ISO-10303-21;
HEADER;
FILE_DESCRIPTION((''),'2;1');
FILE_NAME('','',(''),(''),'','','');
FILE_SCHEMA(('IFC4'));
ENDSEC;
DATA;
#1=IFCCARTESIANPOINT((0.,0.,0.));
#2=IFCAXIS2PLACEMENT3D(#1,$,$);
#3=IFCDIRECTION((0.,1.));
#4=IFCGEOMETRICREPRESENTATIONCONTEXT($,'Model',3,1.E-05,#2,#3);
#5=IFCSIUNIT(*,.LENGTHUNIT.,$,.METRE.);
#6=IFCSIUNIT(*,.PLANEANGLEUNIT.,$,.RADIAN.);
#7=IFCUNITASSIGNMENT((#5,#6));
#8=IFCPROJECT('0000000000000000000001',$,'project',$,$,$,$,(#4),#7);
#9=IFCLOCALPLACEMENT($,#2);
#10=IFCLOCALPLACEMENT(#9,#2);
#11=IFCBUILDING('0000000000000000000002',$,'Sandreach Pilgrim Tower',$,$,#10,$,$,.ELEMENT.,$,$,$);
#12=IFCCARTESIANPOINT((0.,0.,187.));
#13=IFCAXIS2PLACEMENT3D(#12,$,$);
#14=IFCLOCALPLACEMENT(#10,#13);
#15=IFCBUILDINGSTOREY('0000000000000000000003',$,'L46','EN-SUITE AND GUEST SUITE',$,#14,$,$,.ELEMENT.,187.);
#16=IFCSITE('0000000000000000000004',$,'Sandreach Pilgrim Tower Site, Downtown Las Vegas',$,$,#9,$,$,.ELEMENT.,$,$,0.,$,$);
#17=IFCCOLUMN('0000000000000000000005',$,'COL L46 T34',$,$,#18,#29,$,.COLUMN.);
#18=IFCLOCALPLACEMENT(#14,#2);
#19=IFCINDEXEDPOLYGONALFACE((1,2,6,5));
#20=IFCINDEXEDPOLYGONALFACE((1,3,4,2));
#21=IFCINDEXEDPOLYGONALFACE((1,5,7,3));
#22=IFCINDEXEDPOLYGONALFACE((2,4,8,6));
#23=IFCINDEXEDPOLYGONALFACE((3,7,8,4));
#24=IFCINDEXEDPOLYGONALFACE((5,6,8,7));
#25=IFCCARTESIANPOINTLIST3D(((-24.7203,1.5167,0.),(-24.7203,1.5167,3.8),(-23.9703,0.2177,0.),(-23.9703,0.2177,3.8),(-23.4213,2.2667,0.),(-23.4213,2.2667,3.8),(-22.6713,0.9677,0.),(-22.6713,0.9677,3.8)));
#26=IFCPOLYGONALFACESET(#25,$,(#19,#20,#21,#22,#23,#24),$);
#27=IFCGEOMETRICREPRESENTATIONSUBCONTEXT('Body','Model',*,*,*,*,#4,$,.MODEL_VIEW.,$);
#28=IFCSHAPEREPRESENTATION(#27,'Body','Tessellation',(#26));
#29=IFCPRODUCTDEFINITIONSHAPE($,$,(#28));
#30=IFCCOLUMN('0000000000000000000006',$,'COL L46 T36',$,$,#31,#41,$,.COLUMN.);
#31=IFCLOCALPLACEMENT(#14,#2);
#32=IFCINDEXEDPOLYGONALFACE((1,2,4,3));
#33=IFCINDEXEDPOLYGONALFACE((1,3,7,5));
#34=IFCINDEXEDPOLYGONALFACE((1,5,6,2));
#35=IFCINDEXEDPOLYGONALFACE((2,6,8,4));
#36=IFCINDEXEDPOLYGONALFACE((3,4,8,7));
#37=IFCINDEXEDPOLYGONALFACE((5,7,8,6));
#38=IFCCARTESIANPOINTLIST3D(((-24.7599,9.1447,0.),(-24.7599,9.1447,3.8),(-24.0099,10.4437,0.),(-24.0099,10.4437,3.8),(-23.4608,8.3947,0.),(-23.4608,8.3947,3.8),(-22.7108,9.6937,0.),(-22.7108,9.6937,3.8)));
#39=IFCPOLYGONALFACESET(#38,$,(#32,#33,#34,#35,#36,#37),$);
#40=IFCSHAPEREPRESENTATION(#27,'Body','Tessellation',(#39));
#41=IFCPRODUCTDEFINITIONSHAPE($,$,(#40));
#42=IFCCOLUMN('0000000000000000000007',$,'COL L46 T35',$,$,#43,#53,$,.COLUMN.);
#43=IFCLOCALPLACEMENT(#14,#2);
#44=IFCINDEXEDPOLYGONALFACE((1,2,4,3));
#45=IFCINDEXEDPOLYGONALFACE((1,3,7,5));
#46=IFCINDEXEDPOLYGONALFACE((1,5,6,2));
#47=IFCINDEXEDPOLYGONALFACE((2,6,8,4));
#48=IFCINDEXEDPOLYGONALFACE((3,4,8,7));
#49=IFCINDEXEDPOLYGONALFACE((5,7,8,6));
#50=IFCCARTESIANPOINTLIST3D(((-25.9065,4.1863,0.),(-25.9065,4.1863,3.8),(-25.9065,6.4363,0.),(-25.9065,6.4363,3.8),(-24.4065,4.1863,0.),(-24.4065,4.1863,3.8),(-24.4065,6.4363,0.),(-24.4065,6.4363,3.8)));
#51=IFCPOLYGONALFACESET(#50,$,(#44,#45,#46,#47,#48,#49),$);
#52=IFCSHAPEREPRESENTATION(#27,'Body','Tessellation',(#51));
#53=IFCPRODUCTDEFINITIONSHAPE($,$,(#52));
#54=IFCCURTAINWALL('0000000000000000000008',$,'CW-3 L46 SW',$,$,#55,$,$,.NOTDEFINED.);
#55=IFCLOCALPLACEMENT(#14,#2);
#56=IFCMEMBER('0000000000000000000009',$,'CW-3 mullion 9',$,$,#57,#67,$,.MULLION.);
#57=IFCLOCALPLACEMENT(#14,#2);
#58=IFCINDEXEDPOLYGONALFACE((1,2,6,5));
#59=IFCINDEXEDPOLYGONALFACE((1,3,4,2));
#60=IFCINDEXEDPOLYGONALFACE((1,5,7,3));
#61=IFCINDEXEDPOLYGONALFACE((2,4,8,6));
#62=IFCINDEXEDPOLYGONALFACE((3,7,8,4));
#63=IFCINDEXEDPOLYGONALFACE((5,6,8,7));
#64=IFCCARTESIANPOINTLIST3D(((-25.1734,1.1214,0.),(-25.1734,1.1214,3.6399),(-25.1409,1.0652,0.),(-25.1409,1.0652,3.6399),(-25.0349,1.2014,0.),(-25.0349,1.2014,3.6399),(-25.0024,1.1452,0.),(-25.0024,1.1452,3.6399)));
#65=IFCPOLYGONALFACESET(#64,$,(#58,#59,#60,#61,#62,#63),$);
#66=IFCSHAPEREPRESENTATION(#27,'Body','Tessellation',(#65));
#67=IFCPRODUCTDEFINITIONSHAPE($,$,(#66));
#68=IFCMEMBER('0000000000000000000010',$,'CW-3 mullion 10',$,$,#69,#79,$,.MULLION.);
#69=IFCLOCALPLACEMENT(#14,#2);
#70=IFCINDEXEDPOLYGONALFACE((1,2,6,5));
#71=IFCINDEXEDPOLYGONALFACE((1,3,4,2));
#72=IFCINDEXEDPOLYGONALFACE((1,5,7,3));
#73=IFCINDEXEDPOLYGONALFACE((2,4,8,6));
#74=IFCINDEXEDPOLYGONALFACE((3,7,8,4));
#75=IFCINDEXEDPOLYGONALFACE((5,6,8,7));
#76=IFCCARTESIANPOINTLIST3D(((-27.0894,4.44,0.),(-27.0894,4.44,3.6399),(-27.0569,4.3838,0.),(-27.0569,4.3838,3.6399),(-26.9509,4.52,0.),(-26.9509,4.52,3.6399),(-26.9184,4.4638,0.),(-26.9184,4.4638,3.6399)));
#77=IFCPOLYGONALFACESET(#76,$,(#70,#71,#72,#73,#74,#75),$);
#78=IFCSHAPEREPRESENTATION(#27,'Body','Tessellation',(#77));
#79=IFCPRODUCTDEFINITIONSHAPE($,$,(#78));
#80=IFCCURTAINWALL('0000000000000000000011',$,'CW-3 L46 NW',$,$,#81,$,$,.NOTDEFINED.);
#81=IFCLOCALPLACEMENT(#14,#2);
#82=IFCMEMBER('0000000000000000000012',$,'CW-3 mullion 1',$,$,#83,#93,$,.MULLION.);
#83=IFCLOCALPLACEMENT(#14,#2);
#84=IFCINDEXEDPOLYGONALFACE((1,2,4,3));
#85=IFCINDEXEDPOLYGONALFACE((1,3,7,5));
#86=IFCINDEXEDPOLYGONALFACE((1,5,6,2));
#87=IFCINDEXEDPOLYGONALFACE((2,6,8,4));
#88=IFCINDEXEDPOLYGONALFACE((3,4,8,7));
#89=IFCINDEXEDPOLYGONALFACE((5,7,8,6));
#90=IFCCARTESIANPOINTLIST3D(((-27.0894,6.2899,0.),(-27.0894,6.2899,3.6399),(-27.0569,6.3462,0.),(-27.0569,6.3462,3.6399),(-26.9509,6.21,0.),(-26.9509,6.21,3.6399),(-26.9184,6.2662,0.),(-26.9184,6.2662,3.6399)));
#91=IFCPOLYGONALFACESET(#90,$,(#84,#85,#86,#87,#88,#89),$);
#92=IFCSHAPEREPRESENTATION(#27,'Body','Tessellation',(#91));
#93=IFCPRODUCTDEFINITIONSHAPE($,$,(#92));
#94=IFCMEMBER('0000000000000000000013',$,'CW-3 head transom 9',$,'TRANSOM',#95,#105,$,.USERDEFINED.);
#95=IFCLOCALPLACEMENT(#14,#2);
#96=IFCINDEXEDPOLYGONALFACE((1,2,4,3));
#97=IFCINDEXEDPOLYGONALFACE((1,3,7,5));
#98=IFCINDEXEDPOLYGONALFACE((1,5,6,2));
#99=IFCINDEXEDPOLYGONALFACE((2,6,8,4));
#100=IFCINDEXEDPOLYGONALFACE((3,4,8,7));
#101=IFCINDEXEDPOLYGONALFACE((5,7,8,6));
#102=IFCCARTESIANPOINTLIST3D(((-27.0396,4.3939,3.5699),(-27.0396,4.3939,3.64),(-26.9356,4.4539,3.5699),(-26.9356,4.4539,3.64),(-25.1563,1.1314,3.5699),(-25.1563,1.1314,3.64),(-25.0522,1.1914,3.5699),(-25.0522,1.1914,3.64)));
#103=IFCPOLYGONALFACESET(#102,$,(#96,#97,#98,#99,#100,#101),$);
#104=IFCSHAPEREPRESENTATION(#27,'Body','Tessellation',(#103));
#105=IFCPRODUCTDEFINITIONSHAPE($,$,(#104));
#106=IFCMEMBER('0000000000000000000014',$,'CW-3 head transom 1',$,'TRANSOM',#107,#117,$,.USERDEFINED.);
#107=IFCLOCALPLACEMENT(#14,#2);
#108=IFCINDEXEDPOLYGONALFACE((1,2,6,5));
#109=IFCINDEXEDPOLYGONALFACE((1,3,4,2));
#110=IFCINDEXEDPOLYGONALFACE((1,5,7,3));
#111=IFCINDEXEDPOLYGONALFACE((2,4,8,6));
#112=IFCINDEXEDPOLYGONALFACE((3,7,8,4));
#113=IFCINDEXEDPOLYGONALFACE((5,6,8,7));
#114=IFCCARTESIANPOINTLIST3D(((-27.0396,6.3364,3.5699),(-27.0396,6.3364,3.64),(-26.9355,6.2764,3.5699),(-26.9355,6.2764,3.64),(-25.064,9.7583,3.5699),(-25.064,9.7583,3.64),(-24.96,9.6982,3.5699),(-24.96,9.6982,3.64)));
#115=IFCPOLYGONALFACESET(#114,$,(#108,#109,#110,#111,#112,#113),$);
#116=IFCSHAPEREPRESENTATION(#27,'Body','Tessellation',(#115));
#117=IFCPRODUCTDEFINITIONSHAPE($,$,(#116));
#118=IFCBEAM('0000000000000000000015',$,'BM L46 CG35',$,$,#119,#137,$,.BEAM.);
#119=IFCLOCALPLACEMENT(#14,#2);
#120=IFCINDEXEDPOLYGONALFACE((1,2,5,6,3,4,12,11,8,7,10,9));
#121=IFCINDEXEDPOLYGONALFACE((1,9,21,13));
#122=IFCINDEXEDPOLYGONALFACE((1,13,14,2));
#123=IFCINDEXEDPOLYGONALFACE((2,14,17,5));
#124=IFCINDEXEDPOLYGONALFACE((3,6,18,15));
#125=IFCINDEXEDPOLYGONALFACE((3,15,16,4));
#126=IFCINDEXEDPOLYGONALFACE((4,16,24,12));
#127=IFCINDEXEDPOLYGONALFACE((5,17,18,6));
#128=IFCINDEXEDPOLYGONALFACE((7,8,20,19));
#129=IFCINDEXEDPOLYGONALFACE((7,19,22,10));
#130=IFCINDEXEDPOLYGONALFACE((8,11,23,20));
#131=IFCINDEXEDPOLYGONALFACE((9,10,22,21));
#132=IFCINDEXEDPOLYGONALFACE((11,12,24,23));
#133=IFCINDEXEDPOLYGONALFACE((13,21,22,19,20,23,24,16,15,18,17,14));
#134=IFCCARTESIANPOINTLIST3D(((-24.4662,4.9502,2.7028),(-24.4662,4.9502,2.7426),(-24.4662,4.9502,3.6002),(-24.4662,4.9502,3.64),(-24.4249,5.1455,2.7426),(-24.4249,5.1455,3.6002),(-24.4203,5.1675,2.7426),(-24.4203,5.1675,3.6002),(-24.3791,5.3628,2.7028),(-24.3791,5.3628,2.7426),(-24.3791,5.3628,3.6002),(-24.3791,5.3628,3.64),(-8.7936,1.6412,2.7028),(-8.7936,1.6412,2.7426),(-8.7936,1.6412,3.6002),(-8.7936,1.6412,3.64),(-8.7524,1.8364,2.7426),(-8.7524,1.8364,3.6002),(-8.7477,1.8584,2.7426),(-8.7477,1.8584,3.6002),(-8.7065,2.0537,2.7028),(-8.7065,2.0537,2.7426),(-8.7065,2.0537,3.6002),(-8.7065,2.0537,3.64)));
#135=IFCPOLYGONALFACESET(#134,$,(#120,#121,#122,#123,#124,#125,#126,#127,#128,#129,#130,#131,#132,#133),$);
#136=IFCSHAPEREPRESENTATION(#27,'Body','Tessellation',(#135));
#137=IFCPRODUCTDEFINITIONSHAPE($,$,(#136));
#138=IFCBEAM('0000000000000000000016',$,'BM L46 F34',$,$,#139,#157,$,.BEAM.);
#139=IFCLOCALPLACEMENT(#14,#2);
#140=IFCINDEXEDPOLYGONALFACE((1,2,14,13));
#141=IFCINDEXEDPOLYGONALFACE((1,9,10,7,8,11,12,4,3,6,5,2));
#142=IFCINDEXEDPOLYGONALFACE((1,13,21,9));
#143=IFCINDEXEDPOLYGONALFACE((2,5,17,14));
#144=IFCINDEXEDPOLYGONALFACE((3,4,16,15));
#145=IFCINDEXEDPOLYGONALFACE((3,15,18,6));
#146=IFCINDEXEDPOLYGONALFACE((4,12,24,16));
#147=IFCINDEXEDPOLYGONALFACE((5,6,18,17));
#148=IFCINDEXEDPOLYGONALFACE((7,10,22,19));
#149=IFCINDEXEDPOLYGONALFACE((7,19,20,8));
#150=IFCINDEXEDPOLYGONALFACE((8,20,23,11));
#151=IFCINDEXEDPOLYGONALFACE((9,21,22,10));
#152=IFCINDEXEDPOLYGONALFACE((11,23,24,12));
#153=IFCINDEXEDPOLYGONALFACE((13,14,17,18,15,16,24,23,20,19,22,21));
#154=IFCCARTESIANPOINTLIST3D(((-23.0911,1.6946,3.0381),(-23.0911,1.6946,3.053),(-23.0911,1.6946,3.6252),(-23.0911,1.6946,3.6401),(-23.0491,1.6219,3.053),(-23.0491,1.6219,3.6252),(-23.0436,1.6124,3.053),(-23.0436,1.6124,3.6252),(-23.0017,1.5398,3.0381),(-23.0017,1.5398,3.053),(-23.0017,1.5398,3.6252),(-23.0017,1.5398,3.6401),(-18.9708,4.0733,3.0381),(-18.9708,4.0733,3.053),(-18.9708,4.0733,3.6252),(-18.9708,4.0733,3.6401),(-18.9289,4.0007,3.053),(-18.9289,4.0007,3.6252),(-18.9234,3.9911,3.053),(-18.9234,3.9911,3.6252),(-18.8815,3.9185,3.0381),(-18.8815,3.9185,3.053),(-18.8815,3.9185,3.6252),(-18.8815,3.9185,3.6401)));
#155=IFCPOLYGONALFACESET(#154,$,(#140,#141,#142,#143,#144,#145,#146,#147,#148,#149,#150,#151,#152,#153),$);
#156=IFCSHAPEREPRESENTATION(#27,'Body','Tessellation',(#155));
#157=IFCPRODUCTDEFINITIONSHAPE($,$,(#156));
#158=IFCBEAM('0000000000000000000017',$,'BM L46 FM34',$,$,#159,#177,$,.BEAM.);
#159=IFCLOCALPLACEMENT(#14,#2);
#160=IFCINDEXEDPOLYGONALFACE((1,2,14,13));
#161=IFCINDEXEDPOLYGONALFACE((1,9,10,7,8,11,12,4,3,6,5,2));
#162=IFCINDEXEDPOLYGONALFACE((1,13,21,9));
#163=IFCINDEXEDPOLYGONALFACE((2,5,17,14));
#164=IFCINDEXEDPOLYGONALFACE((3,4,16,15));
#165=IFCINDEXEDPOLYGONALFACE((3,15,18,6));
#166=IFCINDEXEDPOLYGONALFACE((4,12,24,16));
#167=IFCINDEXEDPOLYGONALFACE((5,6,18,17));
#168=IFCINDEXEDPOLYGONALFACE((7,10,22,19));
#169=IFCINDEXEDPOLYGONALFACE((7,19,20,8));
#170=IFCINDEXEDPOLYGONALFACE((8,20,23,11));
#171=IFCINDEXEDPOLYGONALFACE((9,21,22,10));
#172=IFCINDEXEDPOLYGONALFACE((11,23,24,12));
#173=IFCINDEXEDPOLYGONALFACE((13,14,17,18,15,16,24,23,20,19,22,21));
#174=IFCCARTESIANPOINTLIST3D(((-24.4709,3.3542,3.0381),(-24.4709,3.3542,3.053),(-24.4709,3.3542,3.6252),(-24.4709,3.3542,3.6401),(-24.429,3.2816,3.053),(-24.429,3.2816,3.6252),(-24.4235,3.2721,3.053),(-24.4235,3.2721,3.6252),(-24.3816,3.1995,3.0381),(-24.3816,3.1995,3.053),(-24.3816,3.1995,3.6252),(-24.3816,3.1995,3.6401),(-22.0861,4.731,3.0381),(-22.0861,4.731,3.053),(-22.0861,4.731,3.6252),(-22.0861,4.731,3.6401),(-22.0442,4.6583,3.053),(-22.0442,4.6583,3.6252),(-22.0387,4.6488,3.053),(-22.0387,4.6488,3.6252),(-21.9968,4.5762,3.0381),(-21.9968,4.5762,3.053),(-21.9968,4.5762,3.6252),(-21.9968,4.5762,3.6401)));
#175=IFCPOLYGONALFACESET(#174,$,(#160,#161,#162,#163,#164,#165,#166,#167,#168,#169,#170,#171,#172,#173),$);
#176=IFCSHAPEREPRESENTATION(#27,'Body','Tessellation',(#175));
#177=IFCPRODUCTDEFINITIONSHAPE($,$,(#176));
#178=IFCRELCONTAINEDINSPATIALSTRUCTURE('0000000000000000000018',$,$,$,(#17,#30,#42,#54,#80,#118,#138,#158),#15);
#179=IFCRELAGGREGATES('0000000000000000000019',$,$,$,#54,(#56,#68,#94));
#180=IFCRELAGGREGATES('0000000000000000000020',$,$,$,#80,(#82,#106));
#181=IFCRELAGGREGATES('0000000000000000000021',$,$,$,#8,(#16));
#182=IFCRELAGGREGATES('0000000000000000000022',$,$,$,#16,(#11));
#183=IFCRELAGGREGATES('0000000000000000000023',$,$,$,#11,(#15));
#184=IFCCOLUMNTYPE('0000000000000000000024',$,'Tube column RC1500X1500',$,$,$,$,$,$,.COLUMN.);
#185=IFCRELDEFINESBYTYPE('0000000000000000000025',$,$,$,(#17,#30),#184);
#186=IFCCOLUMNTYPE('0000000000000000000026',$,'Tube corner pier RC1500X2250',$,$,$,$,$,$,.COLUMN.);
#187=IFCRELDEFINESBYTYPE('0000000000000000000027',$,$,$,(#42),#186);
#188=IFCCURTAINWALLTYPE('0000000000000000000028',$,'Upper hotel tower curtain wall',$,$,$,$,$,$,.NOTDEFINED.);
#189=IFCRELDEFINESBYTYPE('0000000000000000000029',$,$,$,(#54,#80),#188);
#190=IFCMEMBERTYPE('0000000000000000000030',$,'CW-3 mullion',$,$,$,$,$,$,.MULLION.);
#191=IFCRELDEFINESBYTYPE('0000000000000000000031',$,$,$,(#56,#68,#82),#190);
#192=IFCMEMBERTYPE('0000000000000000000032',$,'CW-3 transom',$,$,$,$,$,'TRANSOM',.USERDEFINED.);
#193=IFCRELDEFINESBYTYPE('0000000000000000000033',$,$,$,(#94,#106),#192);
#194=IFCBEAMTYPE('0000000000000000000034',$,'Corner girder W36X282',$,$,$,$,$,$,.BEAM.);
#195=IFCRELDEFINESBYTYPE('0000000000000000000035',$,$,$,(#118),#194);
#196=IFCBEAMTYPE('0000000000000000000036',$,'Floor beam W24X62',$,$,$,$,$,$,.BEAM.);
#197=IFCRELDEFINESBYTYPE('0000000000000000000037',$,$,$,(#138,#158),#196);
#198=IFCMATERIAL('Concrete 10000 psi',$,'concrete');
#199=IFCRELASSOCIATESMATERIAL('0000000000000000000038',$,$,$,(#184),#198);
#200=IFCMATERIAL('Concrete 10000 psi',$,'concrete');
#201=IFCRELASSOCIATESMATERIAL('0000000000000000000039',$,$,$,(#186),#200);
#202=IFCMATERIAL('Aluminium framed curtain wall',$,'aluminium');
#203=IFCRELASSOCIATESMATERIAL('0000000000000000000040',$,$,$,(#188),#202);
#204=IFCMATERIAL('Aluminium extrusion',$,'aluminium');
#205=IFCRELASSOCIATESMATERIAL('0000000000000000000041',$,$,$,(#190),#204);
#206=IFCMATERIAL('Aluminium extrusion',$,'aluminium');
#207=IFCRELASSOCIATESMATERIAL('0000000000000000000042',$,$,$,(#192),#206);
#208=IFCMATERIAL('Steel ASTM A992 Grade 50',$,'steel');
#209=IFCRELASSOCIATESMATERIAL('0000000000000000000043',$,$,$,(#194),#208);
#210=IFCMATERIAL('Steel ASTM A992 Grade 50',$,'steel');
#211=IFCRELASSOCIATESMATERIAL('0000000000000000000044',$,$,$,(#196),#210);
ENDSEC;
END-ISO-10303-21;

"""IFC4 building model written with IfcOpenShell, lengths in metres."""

from ifc_helpers import new_model, si_unit, direction, frame, origin, origin_2d, place, context, subcontext, project, spatial, rectangle, i_section, extrude, material, material_profile, profile_set, type_object, element, aggregate, save


model = new_model("IFC4")

# Units and contexts
model_context = context("Model", 3, precision=1e-05, world=origin(), true_north=direction((0.0, 1.0)))
body_context = subcontext(model_context, "Body", "Model", "MODEL_VIEW")
ifc_project = project(units=[si_unit("LENGTHUNIT", "METRE"), si_unit("PLANEANGLEUNIT", "RADIAN")], contexts=[model_context])

# Site, building, storey
site_placement = place(None, origin())
site = spatial("IfcSite", under=ifc_project, at=site_placement, Name="Sandreach Pilgrim Tower Site, Downtown Las Vegas", CompositionType="ELEMENT", RefElevation=0.0)
building_placement = place(site_placement, origin())
building = spatial("IfcBuilding", under=site, at=building_placement, Name="Sandreach Pilgrim Tower", CompositionType="ELEMENT")
storey_placement = place(building_placement, frame((0.0, 0.0, 187.0)))
storey = spatial("IfcBuildingStorey", under=building, at=storey_placement, Name="L46", Description="EN-SUITE AND GUEST SUITE", CompositionType="ELEMENT", Elevation=187.0)

# Columns
ifc_material_1 = material(Name="Concrete 10000 psi", Category="concrete")
ifc_material_profile_1 = material_profile(ifc_material_1, rectangle(XDim=1.5, YDim=1.5, at=origin_2d()), Name="RC1500X1500")
ifc_profile_set_1 = profile_set([ifc_material_profile_1], Name="Concrete 10000 psi")
column_type_1 = type_object("IfcColumnType", Name="Tube column RC1500X1500", PredefinedType="COLUMN", material=ifc_profile_set_1)
for number, where, z_axis, x_axis, name in (
    (1, (-23.6958, 1.2422, 0.0), (0.0, 0.0, 1.0), (-0.866025, -0.5, 0.0), "COL L46 T34"),
    (2, (-23.7354, 9.4192, 0.0), (0.0, 0.0, 1.0), (-0.866025, 0.5, 0.0), "COL L46 T36"),
):
    element("IfcColumn", number, at=place(storey_placement, frame(where, z_axis=z_axis, x_axis=x_axis)), inside=storey, type_object=column_type_1, Name=name, PredefinedType="COLUMN", context=body_context, shape_type="SweptSolid", body=[
        extrude(rectangle(XDim=1.5, YDim=1.5, at=origin_2d()), origin(), (0.0, 0.0, 1.0), 3.8),
    ])
ifc_material_2 = material(Name="Concrete 10000 psi", Category="concrete")
ifc_material_profile_2 = material_profile(ifc_material_2, rectangle(XDim=1.5, YDim=2.25, at=origin_2d()), Name="RC1500X2250")
ifc_profile_set_2 = profile_set([ifc_material_profile_2], Name="Concrete 10000 psi")
column_type_2 = type_object("IfcColumnType", Name="Tube corner pier RC1500X2250", PredefinedType="COLUMN", material=ifc_profile_set_2)
column_placement = place(storey_placement, frame((-25.1565, 5.3113, 0.0), z_axis=(0.0, 0.0, 1.0), x_axis=(-1.0, 0.0, 0.0)))
element("IfcColumn", 3, at=column_placement, inside=storey, type_object=column_type_2, Name="COL L46 T35", PredefinedType="COLUMN", context=body_context, shape_type="SweptSolid", body=[
    extrude(rectangle(XDim=1.5, YDim=2.25, at=origin_2d()), origin(), (0.0, 0.0, 1.0), 3.8),
])

# Curtain wall, members
ifc_material_3 = material(Name="Aluminium framed curtain wall", Category="aluminium")
curtain_wall_type = type_object("IfcCurtainWallType", Name="Upper hotel tower curtain wall", PredefinedType="NOTDEFINED", material=ifc_material_3)
curtain_wall_1_placement = place(storey_placement, origin())
curtain_wall_1 = element("IfcCurtainWall", 4, at=curtain_wall_1_placement, inside=storey, type_object=curtain_wall_type, Name="CW-3 L46 SW", PredefinedType="NOTDEFINED")
ifc_material_4 = material(Name="Aluminium extrusion", Category="aluminium")
ifc_material_profile_3 = material_profile(ifc_material_4, rectangle(XDim=0.0649, YDim=0.1599, at=origin_2d()), Name="CW-3M 65X160")
ifc_profile_set_3 = profile_set([ifc_material_profile_3], Name="Aluminium extrusion")
member_type_1 = type_object("IfcMemberType", Name="CW-3 mullion", PredefinedType="MULLION", material=ifc_profile_set_3)
member_1_placement = place(storey_placement, frame((-25.0879, 1.1333, 0.0), z_axis=(0.0, 0.0, 1.0), x_axis=(-0.5, 0.866025, 0.0)))
member_1 = element("IfcMember", 5, at=member_1_placement, type_object=member_type_1, Name="CW-3 mullion 9", PredefinedType="MULLION", context=body_context, shape_type="SweptSolid", body=[
    extrude(rectangle(XDim=0.0649, YDim=0.1599, at=origin_2d()), origin(), (0.0, 0.0, 1.0), 3.6399),
])
member_2_placement = place(storey_placement, frame((-27.0039, 4.4519, 0.0), z_axis=(0.0, 0.0, 1.0), x_axis=(-0.5, 0.866025, 0.0)))
member_2 = element("IfcMember", 6, at=member_2_placement, type_object=member_type_1, Name="CW-3 mullion 10", PredefinedType="MULLION", context=body_context, shape_type="SweptSolid", body=[
    extrude(rectangle(XDim=0.0649, YDim=0.1599, at=origin_2d()), origin(), (0.0, 0.0, 1.0), 3.6399),
])

# Curtain wall, member
curtain_wall_2_placement = place(storey_placement, origin())
curtain_wall_2 = element("IfcCurtainWall", 7, at=curtain_wall_2_placement, inside=storey, type_object=curtain_wall_type, Name="CW-3 L46 NW", PredefinedType="NOTDEFINED")
member_3_placement = place(storey_placement, frame((-27.0039, 6.2781, 0.0), z_axis=(0.0, 0.0, 1.0), x_axis=(0.5, 0.866025, 0.0)))
member_3 = element("IfcMember", 8, at=member_3_placement, type_object=member_type_1, Name="CW-3 mullion 1", PredefinedType="MULLION", context=body_context, shape_type="SweptSolid", body=[
    extrude(rectangle(XDim=0.0649, YDim=0.1599, at=origin_2d()), origin(), (0.0, 0.0, 1.0), 3.6399),
])

# Members
ifc_material_5 = material(Name="Aluminium extrusion", Category="aluminium")
ifc_material_profile_4 = material_profile(ifc_material_5, rectangle(XDim=0.1201, YDim=0.0701, at=origin_2d()), Name="CW-3T 120X70")
ifc_profile_set_4 = profile_set([ifc_material_profile_4], Name="Aluminium extrusion")
member_type_2 = type_object("IfcMemberType", Name="CW-3 transom", ElementType="TRANSOM", PredefinedType="USERDEFINED", material=ifc_profile_set_4)
member_4_placement = place(storey_placement, frame((-25.1042, 1.1614, 3.605), z_axis=(-0.499945, 0.866057, 0.0), x_axis=(-0.866057, -0.499945, 0.0)))
member_4 = element("IfcMember", 9, at=member_4_placement, type_object=member_type_2, Name="CW-3 head transom 9", ObjectType="TRANSOM", PredefinedType="USERDEFINED", context=body_context, shape_type="SweptSolid", body=[
    extrude(rectangle(XDim=0.1201, YDim=0.0701, at=origin_2d()), origin(), (0.0, 0.0, 1.0), 3.7671),
])
member_5_placement = place(storey_placement, frame((-26.9875, 6.3064, 3.605), z_axis=(0.499993, 0.866029, 0.0), x_axis=(-0.866029, 0.499993, 0.0)))
member_5 = element("IfcMember", 10, at=member_5_placement, type_object=member_type_2, Name="CW-3 head transom 1", ObjectType="TRANSOM", PredefinedType="USERDEFINED", context=body_context, shape_type="SweptSolid", body=[
    extrude(rectangle(XDim=0.1201, YDim=0.0701, at=origin_2d()), origin(), (0.0, 0.0, 1.0), 3.9512),
])

# Beams
ifc_material_6 = material(Name="Steel ASTM A992 Grade 50", Category="steel")
ifc_material_profile_5 = material_profile(ifc_material_6, i_section(OverallWidth=0.4216, OverallDepth=0.9373, WebThickness=0.0225, FlangeThickness=0.0398, at=origin_2d()), Name="W36X282")
ifc_profile_set_5 = profile_set([ifc_material_profile_5], Name="Steel ASTM A992 Grade 50")
beam_type_1 = type_object("IfcBeamType", Name="Corner girder W36X282", PredefinedType="BEAM", material=ifc_profile_set_5)
beam_1_placement = place(storey_placement, frame((-24.4226, 5.1565, 3.1714), z_axis=(0.978429, -0.206583, 0.0), x_axis=(0.206583, 0.978429, 0.0)))
element("IfcBeam", 11, at=beam_1_placement, inside=storey, type_object=beam_type_1, Name="BM L46 CG35", PredefinedType="BEAM", context=body_context, shape_type="SweptSolid", body=[
    extrude(i_section(OverallWidth=0.4216, OverallDepth=0.9373, WebThickness=0.0225, FlangeThickness=0.0398, at=origin_2d()), origin(), (0.0, 0.0, 1.0), 16.0181),
])
ifc_material_7 = material(Name="Steel ASTM A992 Grade 50", Category="steel")
ifc_material_profile_6 = material_profile(ifc_material_7, i_section(OverallWidth=0.1787, OverallDepth=0.6021, WebThickness=0.011, FlangeThickness=0.0149, at=origin_2d()), Name="W24X62")
ifc_profile_set_6 = profile_set([ifc_material_profile_6], Name="Steel ASTM A992 Grade 50")
beam_type_2 = type_object("IfcBeamType", Name="Floor beam W24X62", PredefinedType="BEAM", material=ifc_profile_set_6)
beam_2_placement = place(storey_placement, frame((-23.0464, 1.6172, 3.3391), z_axis=(0.866033, 0.499986, 0.0), x_axis=(-0.499986, 0.866033, 0.0)))
element("IfcBeam", 12, at=beam_2_placement, inside=storey, type_object=beam_type_2, Name="BM L46 F34", PredefinedType="BEAM", context=body_context, shape_type="SweptSolid", body=[
    extrude(i_section(OverallWidth=0.1787, OverallDepth=0.6021, WebThickness=0.011, FlangeThickness=0.0149, at=origin_2d()), origin(), (0.0, 0.0, 1.0), 4.7576),
])
beam_3_placement = place(storey_placement, frame((-24.4263, 3.2769, 3.3391), z_axis=(0.866047, 0.499963, 0.0), x_axis=(-0.499963, 0.866047, 0.0)))
element("IfcBeam", 13, at=beam_3_placement, inside=storey, type_object=beam_type_2, Name="BM L46 FM34", PredefinedType="BEAM", context=body_context, shape_type="SweptSolid", body=[
    extrude(i_section(OverallWidth=0.1787, OverallDepth=0.6021, WebThickness=0.011, FlangeThickness=0.0149, at=origin_2d()), origin(), (0.0, 0.0, 1.0), 2.7537),
])

aggregate(curtain_wall_1, [member_1, member_2, member_4])
aggregate(curtain_wall_2, [member_3, member_5])

save(model, "model.ifc")
